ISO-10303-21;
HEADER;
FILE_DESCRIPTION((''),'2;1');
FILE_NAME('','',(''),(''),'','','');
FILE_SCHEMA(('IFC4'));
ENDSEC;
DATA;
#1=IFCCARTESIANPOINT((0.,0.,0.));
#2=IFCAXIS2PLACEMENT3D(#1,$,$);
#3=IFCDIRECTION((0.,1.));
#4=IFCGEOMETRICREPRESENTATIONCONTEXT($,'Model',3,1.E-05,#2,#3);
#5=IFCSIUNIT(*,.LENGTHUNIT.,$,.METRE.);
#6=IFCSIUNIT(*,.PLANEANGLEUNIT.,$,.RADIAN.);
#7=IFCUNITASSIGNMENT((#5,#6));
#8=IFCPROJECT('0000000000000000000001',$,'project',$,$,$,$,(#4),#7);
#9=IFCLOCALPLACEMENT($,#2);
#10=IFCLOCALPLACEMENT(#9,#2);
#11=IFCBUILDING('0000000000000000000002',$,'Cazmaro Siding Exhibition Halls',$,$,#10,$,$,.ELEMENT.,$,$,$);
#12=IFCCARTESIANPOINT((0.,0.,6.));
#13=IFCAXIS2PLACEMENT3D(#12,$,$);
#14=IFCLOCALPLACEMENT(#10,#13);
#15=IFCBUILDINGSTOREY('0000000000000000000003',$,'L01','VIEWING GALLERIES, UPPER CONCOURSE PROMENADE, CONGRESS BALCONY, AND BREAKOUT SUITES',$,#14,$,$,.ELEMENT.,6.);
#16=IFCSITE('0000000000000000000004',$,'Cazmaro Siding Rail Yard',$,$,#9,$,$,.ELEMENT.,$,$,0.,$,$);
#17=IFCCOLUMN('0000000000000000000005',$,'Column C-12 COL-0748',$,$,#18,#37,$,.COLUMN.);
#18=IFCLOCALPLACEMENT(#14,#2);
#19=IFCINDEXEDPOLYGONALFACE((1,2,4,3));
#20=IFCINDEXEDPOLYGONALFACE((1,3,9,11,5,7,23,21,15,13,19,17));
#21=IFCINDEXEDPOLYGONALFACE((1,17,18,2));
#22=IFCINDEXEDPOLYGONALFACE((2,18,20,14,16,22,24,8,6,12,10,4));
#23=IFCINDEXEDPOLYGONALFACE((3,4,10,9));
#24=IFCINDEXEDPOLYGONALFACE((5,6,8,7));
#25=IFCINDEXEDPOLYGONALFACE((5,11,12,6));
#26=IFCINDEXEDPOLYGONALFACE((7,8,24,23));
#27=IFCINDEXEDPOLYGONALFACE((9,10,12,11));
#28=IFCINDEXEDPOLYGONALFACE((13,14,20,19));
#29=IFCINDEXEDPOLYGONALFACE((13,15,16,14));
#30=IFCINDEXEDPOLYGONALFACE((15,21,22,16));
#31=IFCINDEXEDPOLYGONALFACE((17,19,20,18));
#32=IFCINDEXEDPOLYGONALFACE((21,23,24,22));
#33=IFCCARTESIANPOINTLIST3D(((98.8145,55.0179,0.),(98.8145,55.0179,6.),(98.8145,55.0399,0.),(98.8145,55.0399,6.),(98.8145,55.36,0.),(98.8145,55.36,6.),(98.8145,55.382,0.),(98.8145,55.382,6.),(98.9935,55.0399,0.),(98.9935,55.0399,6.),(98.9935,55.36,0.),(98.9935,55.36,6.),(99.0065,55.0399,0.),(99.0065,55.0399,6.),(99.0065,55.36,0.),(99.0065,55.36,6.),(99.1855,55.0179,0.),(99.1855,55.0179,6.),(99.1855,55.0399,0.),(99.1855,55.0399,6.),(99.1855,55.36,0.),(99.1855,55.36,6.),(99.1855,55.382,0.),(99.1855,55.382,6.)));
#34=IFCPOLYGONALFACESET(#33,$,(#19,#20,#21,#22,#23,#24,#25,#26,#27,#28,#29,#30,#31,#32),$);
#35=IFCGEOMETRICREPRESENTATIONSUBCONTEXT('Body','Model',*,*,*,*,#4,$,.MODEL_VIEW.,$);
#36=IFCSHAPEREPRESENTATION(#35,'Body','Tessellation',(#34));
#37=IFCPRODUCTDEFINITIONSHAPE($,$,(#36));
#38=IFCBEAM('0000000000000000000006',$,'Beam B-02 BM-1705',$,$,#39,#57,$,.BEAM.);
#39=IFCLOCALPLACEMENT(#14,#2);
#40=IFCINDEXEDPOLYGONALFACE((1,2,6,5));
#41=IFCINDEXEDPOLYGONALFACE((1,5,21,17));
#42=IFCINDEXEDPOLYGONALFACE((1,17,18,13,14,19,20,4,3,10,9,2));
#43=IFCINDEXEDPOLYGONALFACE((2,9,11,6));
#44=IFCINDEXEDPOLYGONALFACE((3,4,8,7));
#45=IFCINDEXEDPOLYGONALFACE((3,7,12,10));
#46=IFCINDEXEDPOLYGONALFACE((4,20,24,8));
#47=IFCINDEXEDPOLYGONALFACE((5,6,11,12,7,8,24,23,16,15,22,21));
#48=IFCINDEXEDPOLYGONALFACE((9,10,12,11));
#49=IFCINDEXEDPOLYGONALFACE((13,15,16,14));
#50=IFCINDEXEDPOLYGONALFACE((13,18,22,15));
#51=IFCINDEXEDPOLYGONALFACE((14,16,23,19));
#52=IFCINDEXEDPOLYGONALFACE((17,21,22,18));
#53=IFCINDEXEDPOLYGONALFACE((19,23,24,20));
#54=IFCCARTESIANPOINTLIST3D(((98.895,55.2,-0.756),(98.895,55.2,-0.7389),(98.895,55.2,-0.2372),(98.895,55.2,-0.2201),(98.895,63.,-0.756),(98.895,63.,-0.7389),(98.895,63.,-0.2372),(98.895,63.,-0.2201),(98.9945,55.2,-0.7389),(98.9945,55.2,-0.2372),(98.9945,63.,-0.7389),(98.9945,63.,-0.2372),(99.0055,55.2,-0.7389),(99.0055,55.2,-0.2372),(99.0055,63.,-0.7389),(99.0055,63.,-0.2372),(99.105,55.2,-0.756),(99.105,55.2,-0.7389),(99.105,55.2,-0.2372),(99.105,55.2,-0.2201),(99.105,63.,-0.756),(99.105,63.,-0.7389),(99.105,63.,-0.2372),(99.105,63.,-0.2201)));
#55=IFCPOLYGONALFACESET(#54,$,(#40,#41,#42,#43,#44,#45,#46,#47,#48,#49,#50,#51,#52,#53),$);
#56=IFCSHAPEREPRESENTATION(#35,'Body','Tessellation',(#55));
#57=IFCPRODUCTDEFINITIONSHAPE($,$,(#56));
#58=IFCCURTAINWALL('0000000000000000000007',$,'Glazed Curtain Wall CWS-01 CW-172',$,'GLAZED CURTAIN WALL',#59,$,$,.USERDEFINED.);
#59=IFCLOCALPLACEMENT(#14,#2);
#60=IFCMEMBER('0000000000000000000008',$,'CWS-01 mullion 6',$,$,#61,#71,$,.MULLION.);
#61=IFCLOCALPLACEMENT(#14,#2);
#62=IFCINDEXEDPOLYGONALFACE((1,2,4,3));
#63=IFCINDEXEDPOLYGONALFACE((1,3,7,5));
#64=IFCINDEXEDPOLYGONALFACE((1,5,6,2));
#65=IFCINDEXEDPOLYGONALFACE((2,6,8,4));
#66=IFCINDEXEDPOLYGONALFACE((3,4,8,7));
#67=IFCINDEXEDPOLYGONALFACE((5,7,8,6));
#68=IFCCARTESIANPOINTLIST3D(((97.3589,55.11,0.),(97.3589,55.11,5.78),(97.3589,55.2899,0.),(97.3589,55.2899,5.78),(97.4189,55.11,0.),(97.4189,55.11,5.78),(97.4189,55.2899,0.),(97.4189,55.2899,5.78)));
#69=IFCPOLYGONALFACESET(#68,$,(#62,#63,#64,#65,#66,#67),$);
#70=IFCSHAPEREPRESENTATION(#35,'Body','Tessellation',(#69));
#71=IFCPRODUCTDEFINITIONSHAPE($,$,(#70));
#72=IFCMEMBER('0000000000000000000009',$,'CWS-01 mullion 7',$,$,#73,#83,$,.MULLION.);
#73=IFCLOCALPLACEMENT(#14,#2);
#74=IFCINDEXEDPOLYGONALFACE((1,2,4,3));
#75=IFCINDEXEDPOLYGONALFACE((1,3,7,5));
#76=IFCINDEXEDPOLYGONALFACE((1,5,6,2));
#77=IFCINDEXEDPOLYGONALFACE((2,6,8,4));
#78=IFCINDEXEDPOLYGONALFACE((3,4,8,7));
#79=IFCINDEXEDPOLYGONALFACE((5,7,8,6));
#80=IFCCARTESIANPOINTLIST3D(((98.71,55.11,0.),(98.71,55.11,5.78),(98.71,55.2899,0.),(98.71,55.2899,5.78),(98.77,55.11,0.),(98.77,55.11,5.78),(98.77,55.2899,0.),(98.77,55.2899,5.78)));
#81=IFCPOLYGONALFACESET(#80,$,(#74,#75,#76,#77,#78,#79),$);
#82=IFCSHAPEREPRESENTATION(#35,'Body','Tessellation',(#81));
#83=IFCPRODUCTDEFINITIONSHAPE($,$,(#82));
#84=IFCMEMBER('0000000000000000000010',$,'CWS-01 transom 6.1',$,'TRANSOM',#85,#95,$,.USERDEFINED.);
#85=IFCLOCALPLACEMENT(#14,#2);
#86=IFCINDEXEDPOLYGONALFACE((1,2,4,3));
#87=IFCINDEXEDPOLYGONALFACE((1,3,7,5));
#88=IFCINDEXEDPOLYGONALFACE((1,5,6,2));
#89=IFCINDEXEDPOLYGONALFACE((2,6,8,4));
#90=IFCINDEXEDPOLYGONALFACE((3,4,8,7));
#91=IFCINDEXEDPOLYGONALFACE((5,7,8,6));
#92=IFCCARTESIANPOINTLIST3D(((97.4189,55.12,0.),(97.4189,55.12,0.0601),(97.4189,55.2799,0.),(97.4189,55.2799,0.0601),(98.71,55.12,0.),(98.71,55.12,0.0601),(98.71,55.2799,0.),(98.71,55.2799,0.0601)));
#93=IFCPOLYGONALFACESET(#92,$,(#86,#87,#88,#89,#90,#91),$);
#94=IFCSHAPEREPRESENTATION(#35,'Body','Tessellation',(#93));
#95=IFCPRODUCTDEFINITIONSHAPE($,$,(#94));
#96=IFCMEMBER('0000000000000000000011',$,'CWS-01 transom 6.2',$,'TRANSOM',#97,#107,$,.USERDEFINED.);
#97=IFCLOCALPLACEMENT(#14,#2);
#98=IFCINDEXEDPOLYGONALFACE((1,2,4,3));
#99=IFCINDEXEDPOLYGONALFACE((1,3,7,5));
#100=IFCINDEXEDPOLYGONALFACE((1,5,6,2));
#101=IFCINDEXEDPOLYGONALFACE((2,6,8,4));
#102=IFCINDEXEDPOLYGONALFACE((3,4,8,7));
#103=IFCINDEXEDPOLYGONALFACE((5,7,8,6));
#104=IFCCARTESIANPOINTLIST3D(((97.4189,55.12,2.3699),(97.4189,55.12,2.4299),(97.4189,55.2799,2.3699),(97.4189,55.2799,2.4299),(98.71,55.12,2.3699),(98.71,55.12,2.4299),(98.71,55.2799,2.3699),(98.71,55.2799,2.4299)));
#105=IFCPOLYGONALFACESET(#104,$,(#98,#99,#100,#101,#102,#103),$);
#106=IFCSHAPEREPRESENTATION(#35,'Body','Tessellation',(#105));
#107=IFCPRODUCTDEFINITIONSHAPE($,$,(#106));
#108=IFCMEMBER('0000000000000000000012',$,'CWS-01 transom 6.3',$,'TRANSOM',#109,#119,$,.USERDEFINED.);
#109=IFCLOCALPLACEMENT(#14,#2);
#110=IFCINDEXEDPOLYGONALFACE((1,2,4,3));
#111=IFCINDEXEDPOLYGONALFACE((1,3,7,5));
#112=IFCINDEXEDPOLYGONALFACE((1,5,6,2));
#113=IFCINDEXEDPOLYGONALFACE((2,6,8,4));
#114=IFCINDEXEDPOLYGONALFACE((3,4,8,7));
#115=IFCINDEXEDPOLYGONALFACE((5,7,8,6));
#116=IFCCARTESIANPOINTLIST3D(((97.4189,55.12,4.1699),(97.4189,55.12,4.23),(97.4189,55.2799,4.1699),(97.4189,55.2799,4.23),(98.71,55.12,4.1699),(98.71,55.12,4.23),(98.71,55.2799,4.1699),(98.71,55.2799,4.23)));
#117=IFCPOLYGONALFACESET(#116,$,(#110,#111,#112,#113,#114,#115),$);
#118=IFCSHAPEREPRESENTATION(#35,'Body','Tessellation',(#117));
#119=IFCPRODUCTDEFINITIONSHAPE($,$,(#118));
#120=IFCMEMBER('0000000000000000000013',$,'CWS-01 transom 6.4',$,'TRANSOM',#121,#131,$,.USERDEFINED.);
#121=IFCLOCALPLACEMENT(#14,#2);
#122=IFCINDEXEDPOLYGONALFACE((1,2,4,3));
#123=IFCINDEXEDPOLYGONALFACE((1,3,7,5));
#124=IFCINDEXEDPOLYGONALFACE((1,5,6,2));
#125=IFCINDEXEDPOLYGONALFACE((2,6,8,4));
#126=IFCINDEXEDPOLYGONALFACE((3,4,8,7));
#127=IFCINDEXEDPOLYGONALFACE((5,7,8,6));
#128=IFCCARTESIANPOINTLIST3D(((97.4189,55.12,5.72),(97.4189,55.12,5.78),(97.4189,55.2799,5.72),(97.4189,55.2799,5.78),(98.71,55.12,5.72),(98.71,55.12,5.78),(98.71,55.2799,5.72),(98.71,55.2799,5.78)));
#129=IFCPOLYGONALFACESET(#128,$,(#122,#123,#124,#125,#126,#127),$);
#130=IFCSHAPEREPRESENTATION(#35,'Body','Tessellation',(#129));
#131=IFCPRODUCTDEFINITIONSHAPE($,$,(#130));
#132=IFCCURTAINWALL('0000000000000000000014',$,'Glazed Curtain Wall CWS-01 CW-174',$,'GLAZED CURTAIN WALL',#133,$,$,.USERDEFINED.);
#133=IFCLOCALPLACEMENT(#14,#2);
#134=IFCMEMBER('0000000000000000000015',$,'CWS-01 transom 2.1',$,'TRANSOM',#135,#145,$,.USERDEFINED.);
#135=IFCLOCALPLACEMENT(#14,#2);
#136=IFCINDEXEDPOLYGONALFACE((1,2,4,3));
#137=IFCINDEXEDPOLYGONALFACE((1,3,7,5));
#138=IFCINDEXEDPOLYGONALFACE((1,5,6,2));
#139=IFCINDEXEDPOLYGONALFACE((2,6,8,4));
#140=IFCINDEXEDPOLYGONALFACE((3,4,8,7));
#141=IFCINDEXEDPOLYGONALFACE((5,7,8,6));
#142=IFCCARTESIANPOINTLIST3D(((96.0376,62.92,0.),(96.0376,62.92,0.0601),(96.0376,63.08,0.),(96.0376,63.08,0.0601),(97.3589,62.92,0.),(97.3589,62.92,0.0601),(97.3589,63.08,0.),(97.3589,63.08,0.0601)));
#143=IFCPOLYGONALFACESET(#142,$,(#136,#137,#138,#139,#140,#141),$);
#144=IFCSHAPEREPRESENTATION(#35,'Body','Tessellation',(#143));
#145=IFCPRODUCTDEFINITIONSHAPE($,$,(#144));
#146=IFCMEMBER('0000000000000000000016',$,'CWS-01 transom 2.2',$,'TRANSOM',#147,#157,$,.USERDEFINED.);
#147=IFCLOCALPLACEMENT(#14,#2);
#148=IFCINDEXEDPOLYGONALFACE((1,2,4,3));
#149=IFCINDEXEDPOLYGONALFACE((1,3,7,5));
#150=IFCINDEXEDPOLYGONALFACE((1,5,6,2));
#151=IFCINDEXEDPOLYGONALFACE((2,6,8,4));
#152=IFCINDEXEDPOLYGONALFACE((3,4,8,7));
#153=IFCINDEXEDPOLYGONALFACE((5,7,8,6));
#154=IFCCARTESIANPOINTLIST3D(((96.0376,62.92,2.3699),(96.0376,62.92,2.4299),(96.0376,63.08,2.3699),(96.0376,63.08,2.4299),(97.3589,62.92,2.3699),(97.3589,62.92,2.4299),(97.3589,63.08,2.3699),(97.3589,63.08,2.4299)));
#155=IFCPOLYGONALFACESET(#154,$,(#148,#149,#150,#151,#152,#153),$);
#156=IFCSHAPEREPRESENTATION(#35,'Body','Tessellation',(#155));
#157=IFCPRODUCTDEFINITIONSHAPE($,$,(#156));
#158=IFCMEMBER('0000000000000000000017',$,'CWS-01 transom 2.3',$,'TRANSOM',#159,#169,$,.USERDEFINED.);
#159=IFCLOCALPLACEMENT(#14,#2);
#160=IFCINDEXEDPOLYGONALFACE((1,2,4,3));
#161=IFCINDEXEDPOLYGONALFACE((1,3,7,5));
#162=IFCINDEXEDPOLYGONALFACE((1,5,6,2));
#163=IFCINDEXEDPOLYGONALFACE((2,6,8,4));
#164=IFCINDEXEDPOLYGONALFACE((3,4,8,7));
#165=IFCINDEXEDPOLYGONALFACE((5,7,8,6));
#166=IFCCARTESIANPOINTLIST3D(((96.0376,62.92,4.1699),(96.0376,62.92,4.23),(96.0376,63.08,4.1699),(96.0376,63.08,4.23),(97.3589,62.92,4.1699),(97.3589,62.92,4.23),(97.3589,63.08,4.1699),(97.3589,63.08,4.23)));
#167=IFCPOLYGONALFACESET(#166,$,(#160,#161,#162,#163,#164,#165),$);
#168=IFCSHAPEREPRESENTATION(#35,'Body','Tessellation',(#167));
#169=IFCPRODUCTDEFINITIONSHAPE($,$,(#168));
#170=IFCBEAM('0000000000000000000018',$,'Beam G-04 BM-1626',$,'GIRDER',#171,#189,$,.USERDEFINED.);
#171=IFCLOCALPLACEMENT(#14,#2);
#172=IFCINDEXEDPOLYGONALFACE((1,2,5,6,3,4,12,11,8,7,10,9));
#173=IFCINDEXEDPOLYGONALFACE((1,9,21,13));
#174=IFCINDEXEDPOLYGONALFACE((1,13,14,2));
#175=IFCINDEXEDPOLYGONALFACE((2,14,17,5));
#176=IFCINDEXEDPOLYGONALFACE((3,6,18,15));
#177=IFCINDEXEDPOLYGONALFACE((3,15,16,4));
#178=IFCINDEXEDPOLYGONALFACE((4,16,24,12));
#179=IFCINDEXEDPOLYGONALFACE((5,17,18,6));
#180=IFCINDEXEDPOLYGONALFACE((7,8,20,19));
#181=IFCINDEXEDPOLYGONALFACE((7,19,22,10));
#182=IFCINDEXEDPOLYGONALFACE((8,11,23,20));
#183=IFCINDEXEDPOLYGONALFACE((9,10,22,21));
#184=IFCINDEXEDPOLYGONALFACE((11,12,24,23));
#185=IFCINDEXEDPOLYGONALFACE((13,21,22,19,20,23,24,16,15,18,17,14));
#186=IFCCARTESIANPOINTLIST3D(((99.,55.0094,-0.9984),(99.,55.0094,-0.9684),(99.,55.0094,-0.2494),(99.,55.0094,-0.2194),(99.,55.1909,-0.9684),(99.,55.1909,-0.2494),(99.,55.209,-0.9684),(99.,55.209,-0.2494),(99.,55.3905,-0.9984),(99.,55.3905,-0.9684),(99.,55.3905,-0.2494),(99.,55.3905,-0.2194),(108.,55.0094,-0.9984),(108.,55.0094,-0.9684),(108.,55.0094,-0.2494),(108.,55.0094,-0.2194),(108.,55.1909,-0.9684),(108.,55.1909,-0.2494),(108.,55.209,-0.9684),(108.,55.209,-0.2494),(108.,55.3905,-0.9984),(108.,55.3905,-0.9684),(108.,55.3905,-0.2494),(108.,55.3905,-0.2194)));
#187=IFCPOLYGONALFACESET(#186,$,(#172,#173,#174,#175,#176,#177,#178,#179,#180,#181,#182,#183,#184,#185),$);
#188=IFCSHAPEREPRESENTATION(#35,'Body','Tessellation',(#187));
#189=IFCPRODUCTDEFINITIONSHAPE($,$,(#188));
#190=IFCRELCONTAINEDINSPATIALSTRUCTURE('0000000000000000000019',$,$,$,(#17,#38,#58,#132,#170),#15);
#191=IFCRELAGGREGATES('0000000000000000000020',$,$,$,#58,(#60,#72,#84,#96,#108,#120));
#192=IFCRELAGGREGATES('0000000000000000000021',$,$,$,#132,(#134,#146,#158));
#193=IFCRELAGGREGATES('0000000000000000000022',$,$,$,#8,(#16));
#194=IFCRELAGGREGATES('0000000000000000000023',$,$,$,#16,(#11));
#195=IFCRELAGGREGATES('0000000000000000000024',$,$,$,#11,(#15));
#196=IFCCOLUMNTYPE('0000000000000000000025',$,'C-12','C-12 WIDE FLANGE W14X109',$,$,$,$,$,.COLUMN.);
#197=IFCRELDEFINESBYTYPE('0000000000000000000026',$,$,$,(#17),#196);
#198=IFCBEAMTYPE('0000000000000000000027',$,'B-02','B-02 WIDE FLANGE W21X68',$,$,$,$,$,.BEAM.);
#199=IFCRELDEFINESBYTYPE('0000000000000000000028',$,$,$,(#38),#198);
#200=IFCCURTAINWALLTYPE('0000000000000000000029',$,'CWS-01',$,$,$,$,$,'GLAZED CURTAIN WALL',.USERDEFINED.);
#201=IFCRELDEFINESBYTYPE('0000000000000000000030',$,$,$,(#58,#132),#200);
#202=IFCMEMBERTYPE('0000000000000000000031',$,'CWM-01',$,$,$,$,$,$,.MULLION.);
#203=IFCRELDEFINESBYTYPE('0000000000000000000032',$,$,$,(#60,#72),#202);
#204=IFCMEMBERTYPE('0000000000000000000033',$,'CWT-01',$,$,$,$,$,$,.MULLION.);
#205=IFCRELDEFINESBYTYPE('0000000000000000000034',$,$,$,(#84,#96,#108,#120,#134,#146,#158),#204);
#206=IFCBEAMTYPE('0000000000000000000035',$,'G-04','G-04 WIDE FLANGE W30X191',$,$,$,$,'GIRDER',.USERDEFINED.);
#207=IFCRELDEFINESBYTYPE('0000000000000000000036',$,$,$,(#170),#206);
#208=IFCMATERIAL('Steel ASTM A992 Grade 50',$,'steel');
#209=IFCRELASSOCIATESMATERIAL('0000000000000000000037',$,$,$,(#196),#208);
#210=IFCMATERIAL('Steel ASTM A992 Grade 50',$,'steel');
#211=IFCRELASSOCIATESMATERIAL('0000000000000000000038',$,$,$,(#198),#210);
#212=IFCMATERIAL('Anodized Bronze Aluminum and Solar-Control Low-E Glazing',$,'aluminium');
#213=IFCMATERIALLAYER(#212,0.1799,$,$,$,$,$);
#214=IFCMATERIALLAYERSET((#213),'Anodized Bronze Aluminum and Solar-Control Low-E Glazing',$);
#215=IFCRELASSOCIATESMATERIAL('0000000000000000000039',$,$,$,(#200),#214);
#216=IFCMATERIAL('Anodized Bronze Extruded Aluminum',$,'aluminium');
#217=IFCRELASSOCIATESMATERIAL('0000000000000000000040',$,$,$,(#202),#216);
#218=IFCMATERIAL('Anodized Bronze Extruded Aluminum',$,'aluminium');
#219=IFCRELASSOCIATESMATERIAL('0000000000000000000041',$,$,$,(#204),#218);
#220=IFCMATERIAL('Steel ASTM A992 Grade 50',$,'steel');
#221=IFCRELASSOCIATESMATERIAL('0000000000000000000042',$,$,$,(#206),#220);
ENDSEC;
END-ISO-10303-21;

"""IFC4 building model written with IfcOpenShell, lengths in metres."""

from ifc_helpers import new_model, si_unit, direction, frame, origin, origin_2d, place, context, subcontext, project, spatial, rectangle, i_section, extrude, material, layer, layer_set, material_profile, profile_set, type_object, element, aggregate, save


model = new_model("IFC4")

# Units and contexts
model_context = context("Model", 3, precision=1e-05, world=origin(), true_north=direction((0.0, 1.0)))
body_context = subcontext(model_context, "Body", "Model", "MODEL_VIEW")
ifc_project = project(units=[si_unit("LENGTHUNIT", "METRE"), si_unit("PLANEANGLEUNIT", "RADIAN")], contexts=[model_context])

# Site, building, storey
site_placement = place(None, origin())
site = spatial("IfcSite", under=ifc_project, at=site_placement, Name="Cazmaro Siding Rail Yard", CompositionType="ELEMENT", RefElevation=0.0)
building_placement = place(site_placement, origin())
building = spatial("IfcBuilding", under=site, at=building_placement, Name="Cazmaro Siding Exhibition Halls", CompositionType="ELEMENT")
storey_placement = place(building_placement, frame((0.0, 0.0, 6.0)))
storey = spatial("IfcBuildingStorey", under=building, at=storey_placement, Name="L01", Description="VIEWING GALLERIES, UPPER CONCOURSE PROMENADE, CONGRESS BALCONY, AND BREAKOUT SUITES", CompositionType="ELEMENT", Elevation=6.0)

# Column
ifc_material_1 = material(Name="Steel ASTM A992 Grade 50", Category="steel")
ifc_material_profile_1 = material_profile(ifc_material_1, i_section(OverallWidth=0.3711, OverallDepth=0.364, WebThickness=0.0129, FlangeThickness=0.022, at=origin_2d()), Name="W14X109")
ifc_profile_set_1 = profile_set([ifc_material_profile_1], Name="Steel ASTM A992 Grade 50")
column_type = type_object("IfcColumnType", Name="C-12", Description="C-12 WIDE FLANGE W14X109", PredefinedType="COLUMN", material=ifc_profile_set_1)
column_placement = place(storey_placement, frame((99.0, 55.2, 0.0), z_axis=(0.0, 0.0, 1.0), x_axis=(1.0, 0.0, 0.0)))
element("IfcColumn", 1, at=column_placement, inside=storey, type_object=column_type, Name="Column C-12 COL-0748", PredefinedType="COLUMN", context=body_context, shape_type="SweptSolid", body=[
    extrude(i_section(OverallWidth=0.3711, OverallDepth=0.364, WebThickness=0.0129, FlangeThickness=0.022, at=origin_2d()), origin(), (0.0, 0.0, 1.0), 6.0),
])

# Beam
ifc_material_2 = material(Name="Steel ASTM A992 Grade 50", Category="steel")
ifc_material_profile_2 = material_profile(ifc_material_2, i_section(OverallWidth=0.21, OverallDepth=0.5359, WebThickness=0.011, FlangeThickness=0.0171, at=origin_2d()), Name="W21X68")
ifc_profile_set_2 = profile_set([ifc_material_profile_2], Name="Steel ASTM A992 Grade 50")
beam_type_1 = type_object("IfcBeamType", Name="B-02", Description="B-02 WIDE FLANGE W21X68", PredefinedType="BEAM", material=ifc_profile_set_2)
beam_1_placement = place(storey_placement, frame((99.0, 55.2, -0.488), z_axis=(0.0, 1.0, 0.0), x_axis=(-1.0, 0.0, 0.0)))
element("IfcBeam", 2, at=beam_1_placement, inside=storey, type_object=beam_type_1, Name="Beam B-02 BM-1705", PredefinedType="BEAM", context=body_context, shape_type="SweptSolid", body=[
    extrude(i_section(OverallWidth=0.21, OverallDepth=0.5359, WebThickness=0.011, FlangeThickness=0.0171, at=origin_2d()), origin(), (0.0, 0.0, 1.0), 7.8),
])

# Curtain walls, members
ifc_material_3 = material(Name="Anodized Bronze Aluminum and Solar-Control Low-E Glazing", Category="aluminium")
ifc_layer_1 = layer(ifc_material_3, 0.1799)
ifc_layer_set_1 = layer_set([ifc_layer_1], Name="Anodized Bronze Aluminum and Solar-Control Low-E Glazing")
curtain_wall_type = type_object("IfcCurtainWallType", Name="CWS-01", ElementType="GLAZED CURTAIN WALL", PredefinedType="USERDEFINED", material=ifc_layer_set_1)
curtain_wall_1_placement = place(storey_placement, origin())
curtain_wall_1 = element("IfcCurtainWall", 3, at=curtain_wall_1_placement, inside=storey, type_object=curtain_wall_type, Name="Glazed Curtain Wall CWS-01 CW-172", ObjectType="GLAZED CURTAIN WALL", PredefinedType="USERDEFINED")
ifc_material_4 = material(Name="Anodized Bronze Extruded Aluminum", Category="aluminium")
ifc_material_profile_3 = material_profile(ifc_material_4, rectangle(XDim=0.1799, YDim=0.0601, at=origin_2d()), Name="CWM-01")
ifc_profile_set_3 = profile_set([ifc_material_profile_3], Name="Anodized Bronze Extruded Aluminum")
member_type_1 = type_object("IfcMemberType", Name="CWM-01", PredefinedType="MULLION", material=ifc_profile_set_3)
member_1_placement = place(storey_placement, frame((97.3889, 55.2, 0.0), z_axis=(0.0, 0.0, 1.0), x_axis=(0.0, 1.0, 0.0)))
member_1 = element("IfcMember", 4, at=member_1_placement, type_object=member_type_1, Name="CWS-01 mullion 6", PredefinedType="MULLION", context=body_context, shape_type="SweptSolid", body=[
    extrude(rectangle(XDim=0.1799, YDim=0.0601, at=origin_2d()), origin(), (0.0, 0.0, 1.0), 5.78),
])
member_2_placement = place(storey_placement, frame((98.74, 55.2, 0.0), z_axis=(0.0, 0.0, 1.0), x_axis=(0.0, 1.0, 0.0)))
member_2 = element("IfcMember", 5, at=member_2_placement, type_object=member_type_1, Name="CWS-01 mullion 7", PredefinedType="MULLION", context=body_context, shape_type="SweptSolid", body=[
    extrude(rectangle(XDim=0.1799, YDim=0.0601, at=origin_2d()), origin(), (0.0, 0.0, 1.0), 5.78),
])
ifc_material_5 = material(Name="Anodized Bronze Extruded Aluminum", Category="aluminium")
ifc_material_profile_4 = material_profile(ifc_material_5, rectangle(XDim=0.1599, YDim=0.0601, at=origin_2d()), Name="CWT-01")
ifc_profile_set_4 = profile_set([ifc_material_profile_4], Name="Anodized Bronze Extruded Aluminum")
member_type_2 = type_object("IfcMemberType", Name="CWT-01", PredefinedType="MULLION", material=ifc_profile_set_4)
member_3_placement = place(storey_placement, frame((97.4189, 55.2, 0.03), z_axis=(1.0, 0.0, 0.0), x_axis=(0.0, 1.0, 0.0)))
member_3 = element("IfcMember", 6, at=member_3_placement, type_object=member_type_2, Name="CWS-01 transom 6.1", ObjectType="TRANSOM", PredefinedType="USERDEFINED", context=body_context, shape_type="SweptSolid", body=[
    extrude(rectangle(XDim=0.1599, YDim=0.0601, at=origin_2d()), origin(), (0.0, 0.0, 1.0), 1.291),
])
member_4_placement = place(storey_placement, frame((97.4189, 55.2, 2.3999), z_axis=(1.0, 0.0, 0.0), x_axis=(0.0, 1.0, 0.0)))
member_4 = element("IfcMember", 7, at=member_4_placement, type_object=member_type_2, Name="CWS-01 transom 6.2", ObjectType="TRANSOM", PredefinedType="USERDEFINED", context=body_context, shape_type="SweptSolid", body=[
    extrude(rectangle(XDim=0.1599, YDim=0.0601, at=origin_2d()), origin(), (0.0, 0.0, 1.0), 1.291),
])
member_5_placement = place(storey_placement, frame((97.4189, 55.2, 4.2), z_axis=(1.0, 0.0, 0.0), x_axis=(0.0, 1.0, 0.0)))
member_5 = element("IfcMember", 8, at=member_5_placement, type_object=member_type_2, Name="CWS-01 transom 6.3", ObjectType="TRANSOM", PredefinedType="USERDEFINED", context=body_context, shape_type="SweptSolid", body=[
    extrude(rectangle(XDim=0.1599, YDim=0.0601, at=origin_2d()), origin(), (0.0, 0.0, 1.0), 1.291),
])
member_6_placement = place(storey_placement, frame((97.4189, 55.2, 5.75), z_axis=(1.0, 0.0, 0.0), x_axis=(0.0, 1.0, 0.0)))
member_6 = element("IfcMember", 9, at=member_6_placement, type_object=member_type_2, Name="CWS-01 transom 6.4", ObjectType="TRANSOM", PredefinedType="USERDEFINED", context=body_context, shape_type="SweptSolid", body=[
    extrude(rectangle(XDim=0.1599, YDim=0.0601, at=origin_2d()), origin(), (0.0, 0.0, 1.0), 1.291),
])
curtain_wall_2_placement = place(storey_placement, origin())
curtain_wall_2 = element("IfcCurtainWall", 10, at=curtain_wall_2_placement, inside=storey, type_object=curtain_wall_type, Name="Glazed Curtain Wall CWS-01 CW-174", ObjectType="GLAZED CURTAIN WALL", PredefinedType="USERDEFINED")
member_7_placement = place(storey_placement, frame((97.3589, 63.0, 0.03), z_axis=(-1.0, 0.0, 0.0), x_axis=(0.0, -1.0, 0.0)))
member_7 = element("IfcMember", 11, at=member_7_placement, type_object=member_type_2, Name="CWS-01 transom 2.1", ObjectType="TRANSOM", PredefinedType="USERDEFINED", context=body_context, shape_type="SweptSolid", body=[
    extrude(rectangle(XDim=0.1599, YDim=0.0601, at=origin_2d()), origin(), (0.0, 0.0, 1.0), 1.3213),
])
member_8_placement = place(storey_placement, frame((97.3589, 63.0, 2.3999), z_axis=(-1.0, 0.0, 0.0), x_axis=(0.0, -1.0, 0.0)))
member_8 = element("IfcMember", 12, at=member_8_placement, type_object=member_type_2, Name="CWS-01 transom 2.2", ObjectType="TRANSOM", PredefinedType="USERDEFINED", context=body_context, shape_type="SweptSolid", body=[
    extrude(rectangle(XDim=0.1599, YDim=0.0601, at=origin_2d()), origin(), (0.0, 0.0, 1.0), 1.3213),
])
member_9_placement = place(storey_placement, frame((97.3589, 63.0, 4.2), z_axis=(-1.0, 0.0, 0.0), x_axis=(0.0, -1.0, 0.0)))
member_9 = element("IfcMember", 13, at=member_9_placement, type_object=member_type_2, Name="CWS-01 transom 2.3", ObjectType="TRANSOM", PredefinedType="USERDEFINED", context=body_context, shape_type="SweptSolid", body=[
    extrude(rectangle(XDim=0.1599, YDim=0.0601, at=origin_2d()), origin(), (0.0, 0.0, 1.0), 1.3213),
])

# Beam
ifc_material_6 = material(Name="Steel ASTM A992 Grade 50", Category="steel")
ifc_material_profile_5 = material_profile(ifc_material_6, i_section(OverallWidth=0.3811, OverallDepth=0.7791, WebThickness=0.0181, FlangeThickness=0.03, at=origin_2d()), Name="W30X191")
ifc_profile_set_5 = profile_set([ifc_material_profile_5], Name="Steel ASTM A992 Grade 50")
beam_type_2 = type_object("IfcBeamType", Name="G-04", Description="G-04 WIDE FLANGE W30X191", ElementType="GIRDER", PredefinedType="USERDEFINED", material=ifc_profile_set_5)
beam_2_placement = place(storey_placement, frame((99.0, 55.2, -0.6089), z_axis=(1.0, 0.0, 0.0), x_axis=(0.0, 1.0, 0.0)))
element("IfcBeam", 14, at=beam_2_placement, inside=storey, type_object=beam_type_2, Name="Beam G-04 BM-1626", ObjectType="GIRDER", PredefinedType="USERDEFINED", context=body_context, shape_type="SweptSolid", body=[
    extrude(i_section(OverallWidth=0.3811, OverallDepth=0.7791, WebThickness=0.0181, FlangeThickness=0.03, at=origin_2d()), origin(), (0.0, 0.0, 1.0), 9.0),
])

aggregate(curtain_wall_1, [member_1, member_2, member_3, member_4, member_5, member_6])
aggregate(curtain_wall_2, [member_7, member_8, member_9])

save(model, "model.ifc")
